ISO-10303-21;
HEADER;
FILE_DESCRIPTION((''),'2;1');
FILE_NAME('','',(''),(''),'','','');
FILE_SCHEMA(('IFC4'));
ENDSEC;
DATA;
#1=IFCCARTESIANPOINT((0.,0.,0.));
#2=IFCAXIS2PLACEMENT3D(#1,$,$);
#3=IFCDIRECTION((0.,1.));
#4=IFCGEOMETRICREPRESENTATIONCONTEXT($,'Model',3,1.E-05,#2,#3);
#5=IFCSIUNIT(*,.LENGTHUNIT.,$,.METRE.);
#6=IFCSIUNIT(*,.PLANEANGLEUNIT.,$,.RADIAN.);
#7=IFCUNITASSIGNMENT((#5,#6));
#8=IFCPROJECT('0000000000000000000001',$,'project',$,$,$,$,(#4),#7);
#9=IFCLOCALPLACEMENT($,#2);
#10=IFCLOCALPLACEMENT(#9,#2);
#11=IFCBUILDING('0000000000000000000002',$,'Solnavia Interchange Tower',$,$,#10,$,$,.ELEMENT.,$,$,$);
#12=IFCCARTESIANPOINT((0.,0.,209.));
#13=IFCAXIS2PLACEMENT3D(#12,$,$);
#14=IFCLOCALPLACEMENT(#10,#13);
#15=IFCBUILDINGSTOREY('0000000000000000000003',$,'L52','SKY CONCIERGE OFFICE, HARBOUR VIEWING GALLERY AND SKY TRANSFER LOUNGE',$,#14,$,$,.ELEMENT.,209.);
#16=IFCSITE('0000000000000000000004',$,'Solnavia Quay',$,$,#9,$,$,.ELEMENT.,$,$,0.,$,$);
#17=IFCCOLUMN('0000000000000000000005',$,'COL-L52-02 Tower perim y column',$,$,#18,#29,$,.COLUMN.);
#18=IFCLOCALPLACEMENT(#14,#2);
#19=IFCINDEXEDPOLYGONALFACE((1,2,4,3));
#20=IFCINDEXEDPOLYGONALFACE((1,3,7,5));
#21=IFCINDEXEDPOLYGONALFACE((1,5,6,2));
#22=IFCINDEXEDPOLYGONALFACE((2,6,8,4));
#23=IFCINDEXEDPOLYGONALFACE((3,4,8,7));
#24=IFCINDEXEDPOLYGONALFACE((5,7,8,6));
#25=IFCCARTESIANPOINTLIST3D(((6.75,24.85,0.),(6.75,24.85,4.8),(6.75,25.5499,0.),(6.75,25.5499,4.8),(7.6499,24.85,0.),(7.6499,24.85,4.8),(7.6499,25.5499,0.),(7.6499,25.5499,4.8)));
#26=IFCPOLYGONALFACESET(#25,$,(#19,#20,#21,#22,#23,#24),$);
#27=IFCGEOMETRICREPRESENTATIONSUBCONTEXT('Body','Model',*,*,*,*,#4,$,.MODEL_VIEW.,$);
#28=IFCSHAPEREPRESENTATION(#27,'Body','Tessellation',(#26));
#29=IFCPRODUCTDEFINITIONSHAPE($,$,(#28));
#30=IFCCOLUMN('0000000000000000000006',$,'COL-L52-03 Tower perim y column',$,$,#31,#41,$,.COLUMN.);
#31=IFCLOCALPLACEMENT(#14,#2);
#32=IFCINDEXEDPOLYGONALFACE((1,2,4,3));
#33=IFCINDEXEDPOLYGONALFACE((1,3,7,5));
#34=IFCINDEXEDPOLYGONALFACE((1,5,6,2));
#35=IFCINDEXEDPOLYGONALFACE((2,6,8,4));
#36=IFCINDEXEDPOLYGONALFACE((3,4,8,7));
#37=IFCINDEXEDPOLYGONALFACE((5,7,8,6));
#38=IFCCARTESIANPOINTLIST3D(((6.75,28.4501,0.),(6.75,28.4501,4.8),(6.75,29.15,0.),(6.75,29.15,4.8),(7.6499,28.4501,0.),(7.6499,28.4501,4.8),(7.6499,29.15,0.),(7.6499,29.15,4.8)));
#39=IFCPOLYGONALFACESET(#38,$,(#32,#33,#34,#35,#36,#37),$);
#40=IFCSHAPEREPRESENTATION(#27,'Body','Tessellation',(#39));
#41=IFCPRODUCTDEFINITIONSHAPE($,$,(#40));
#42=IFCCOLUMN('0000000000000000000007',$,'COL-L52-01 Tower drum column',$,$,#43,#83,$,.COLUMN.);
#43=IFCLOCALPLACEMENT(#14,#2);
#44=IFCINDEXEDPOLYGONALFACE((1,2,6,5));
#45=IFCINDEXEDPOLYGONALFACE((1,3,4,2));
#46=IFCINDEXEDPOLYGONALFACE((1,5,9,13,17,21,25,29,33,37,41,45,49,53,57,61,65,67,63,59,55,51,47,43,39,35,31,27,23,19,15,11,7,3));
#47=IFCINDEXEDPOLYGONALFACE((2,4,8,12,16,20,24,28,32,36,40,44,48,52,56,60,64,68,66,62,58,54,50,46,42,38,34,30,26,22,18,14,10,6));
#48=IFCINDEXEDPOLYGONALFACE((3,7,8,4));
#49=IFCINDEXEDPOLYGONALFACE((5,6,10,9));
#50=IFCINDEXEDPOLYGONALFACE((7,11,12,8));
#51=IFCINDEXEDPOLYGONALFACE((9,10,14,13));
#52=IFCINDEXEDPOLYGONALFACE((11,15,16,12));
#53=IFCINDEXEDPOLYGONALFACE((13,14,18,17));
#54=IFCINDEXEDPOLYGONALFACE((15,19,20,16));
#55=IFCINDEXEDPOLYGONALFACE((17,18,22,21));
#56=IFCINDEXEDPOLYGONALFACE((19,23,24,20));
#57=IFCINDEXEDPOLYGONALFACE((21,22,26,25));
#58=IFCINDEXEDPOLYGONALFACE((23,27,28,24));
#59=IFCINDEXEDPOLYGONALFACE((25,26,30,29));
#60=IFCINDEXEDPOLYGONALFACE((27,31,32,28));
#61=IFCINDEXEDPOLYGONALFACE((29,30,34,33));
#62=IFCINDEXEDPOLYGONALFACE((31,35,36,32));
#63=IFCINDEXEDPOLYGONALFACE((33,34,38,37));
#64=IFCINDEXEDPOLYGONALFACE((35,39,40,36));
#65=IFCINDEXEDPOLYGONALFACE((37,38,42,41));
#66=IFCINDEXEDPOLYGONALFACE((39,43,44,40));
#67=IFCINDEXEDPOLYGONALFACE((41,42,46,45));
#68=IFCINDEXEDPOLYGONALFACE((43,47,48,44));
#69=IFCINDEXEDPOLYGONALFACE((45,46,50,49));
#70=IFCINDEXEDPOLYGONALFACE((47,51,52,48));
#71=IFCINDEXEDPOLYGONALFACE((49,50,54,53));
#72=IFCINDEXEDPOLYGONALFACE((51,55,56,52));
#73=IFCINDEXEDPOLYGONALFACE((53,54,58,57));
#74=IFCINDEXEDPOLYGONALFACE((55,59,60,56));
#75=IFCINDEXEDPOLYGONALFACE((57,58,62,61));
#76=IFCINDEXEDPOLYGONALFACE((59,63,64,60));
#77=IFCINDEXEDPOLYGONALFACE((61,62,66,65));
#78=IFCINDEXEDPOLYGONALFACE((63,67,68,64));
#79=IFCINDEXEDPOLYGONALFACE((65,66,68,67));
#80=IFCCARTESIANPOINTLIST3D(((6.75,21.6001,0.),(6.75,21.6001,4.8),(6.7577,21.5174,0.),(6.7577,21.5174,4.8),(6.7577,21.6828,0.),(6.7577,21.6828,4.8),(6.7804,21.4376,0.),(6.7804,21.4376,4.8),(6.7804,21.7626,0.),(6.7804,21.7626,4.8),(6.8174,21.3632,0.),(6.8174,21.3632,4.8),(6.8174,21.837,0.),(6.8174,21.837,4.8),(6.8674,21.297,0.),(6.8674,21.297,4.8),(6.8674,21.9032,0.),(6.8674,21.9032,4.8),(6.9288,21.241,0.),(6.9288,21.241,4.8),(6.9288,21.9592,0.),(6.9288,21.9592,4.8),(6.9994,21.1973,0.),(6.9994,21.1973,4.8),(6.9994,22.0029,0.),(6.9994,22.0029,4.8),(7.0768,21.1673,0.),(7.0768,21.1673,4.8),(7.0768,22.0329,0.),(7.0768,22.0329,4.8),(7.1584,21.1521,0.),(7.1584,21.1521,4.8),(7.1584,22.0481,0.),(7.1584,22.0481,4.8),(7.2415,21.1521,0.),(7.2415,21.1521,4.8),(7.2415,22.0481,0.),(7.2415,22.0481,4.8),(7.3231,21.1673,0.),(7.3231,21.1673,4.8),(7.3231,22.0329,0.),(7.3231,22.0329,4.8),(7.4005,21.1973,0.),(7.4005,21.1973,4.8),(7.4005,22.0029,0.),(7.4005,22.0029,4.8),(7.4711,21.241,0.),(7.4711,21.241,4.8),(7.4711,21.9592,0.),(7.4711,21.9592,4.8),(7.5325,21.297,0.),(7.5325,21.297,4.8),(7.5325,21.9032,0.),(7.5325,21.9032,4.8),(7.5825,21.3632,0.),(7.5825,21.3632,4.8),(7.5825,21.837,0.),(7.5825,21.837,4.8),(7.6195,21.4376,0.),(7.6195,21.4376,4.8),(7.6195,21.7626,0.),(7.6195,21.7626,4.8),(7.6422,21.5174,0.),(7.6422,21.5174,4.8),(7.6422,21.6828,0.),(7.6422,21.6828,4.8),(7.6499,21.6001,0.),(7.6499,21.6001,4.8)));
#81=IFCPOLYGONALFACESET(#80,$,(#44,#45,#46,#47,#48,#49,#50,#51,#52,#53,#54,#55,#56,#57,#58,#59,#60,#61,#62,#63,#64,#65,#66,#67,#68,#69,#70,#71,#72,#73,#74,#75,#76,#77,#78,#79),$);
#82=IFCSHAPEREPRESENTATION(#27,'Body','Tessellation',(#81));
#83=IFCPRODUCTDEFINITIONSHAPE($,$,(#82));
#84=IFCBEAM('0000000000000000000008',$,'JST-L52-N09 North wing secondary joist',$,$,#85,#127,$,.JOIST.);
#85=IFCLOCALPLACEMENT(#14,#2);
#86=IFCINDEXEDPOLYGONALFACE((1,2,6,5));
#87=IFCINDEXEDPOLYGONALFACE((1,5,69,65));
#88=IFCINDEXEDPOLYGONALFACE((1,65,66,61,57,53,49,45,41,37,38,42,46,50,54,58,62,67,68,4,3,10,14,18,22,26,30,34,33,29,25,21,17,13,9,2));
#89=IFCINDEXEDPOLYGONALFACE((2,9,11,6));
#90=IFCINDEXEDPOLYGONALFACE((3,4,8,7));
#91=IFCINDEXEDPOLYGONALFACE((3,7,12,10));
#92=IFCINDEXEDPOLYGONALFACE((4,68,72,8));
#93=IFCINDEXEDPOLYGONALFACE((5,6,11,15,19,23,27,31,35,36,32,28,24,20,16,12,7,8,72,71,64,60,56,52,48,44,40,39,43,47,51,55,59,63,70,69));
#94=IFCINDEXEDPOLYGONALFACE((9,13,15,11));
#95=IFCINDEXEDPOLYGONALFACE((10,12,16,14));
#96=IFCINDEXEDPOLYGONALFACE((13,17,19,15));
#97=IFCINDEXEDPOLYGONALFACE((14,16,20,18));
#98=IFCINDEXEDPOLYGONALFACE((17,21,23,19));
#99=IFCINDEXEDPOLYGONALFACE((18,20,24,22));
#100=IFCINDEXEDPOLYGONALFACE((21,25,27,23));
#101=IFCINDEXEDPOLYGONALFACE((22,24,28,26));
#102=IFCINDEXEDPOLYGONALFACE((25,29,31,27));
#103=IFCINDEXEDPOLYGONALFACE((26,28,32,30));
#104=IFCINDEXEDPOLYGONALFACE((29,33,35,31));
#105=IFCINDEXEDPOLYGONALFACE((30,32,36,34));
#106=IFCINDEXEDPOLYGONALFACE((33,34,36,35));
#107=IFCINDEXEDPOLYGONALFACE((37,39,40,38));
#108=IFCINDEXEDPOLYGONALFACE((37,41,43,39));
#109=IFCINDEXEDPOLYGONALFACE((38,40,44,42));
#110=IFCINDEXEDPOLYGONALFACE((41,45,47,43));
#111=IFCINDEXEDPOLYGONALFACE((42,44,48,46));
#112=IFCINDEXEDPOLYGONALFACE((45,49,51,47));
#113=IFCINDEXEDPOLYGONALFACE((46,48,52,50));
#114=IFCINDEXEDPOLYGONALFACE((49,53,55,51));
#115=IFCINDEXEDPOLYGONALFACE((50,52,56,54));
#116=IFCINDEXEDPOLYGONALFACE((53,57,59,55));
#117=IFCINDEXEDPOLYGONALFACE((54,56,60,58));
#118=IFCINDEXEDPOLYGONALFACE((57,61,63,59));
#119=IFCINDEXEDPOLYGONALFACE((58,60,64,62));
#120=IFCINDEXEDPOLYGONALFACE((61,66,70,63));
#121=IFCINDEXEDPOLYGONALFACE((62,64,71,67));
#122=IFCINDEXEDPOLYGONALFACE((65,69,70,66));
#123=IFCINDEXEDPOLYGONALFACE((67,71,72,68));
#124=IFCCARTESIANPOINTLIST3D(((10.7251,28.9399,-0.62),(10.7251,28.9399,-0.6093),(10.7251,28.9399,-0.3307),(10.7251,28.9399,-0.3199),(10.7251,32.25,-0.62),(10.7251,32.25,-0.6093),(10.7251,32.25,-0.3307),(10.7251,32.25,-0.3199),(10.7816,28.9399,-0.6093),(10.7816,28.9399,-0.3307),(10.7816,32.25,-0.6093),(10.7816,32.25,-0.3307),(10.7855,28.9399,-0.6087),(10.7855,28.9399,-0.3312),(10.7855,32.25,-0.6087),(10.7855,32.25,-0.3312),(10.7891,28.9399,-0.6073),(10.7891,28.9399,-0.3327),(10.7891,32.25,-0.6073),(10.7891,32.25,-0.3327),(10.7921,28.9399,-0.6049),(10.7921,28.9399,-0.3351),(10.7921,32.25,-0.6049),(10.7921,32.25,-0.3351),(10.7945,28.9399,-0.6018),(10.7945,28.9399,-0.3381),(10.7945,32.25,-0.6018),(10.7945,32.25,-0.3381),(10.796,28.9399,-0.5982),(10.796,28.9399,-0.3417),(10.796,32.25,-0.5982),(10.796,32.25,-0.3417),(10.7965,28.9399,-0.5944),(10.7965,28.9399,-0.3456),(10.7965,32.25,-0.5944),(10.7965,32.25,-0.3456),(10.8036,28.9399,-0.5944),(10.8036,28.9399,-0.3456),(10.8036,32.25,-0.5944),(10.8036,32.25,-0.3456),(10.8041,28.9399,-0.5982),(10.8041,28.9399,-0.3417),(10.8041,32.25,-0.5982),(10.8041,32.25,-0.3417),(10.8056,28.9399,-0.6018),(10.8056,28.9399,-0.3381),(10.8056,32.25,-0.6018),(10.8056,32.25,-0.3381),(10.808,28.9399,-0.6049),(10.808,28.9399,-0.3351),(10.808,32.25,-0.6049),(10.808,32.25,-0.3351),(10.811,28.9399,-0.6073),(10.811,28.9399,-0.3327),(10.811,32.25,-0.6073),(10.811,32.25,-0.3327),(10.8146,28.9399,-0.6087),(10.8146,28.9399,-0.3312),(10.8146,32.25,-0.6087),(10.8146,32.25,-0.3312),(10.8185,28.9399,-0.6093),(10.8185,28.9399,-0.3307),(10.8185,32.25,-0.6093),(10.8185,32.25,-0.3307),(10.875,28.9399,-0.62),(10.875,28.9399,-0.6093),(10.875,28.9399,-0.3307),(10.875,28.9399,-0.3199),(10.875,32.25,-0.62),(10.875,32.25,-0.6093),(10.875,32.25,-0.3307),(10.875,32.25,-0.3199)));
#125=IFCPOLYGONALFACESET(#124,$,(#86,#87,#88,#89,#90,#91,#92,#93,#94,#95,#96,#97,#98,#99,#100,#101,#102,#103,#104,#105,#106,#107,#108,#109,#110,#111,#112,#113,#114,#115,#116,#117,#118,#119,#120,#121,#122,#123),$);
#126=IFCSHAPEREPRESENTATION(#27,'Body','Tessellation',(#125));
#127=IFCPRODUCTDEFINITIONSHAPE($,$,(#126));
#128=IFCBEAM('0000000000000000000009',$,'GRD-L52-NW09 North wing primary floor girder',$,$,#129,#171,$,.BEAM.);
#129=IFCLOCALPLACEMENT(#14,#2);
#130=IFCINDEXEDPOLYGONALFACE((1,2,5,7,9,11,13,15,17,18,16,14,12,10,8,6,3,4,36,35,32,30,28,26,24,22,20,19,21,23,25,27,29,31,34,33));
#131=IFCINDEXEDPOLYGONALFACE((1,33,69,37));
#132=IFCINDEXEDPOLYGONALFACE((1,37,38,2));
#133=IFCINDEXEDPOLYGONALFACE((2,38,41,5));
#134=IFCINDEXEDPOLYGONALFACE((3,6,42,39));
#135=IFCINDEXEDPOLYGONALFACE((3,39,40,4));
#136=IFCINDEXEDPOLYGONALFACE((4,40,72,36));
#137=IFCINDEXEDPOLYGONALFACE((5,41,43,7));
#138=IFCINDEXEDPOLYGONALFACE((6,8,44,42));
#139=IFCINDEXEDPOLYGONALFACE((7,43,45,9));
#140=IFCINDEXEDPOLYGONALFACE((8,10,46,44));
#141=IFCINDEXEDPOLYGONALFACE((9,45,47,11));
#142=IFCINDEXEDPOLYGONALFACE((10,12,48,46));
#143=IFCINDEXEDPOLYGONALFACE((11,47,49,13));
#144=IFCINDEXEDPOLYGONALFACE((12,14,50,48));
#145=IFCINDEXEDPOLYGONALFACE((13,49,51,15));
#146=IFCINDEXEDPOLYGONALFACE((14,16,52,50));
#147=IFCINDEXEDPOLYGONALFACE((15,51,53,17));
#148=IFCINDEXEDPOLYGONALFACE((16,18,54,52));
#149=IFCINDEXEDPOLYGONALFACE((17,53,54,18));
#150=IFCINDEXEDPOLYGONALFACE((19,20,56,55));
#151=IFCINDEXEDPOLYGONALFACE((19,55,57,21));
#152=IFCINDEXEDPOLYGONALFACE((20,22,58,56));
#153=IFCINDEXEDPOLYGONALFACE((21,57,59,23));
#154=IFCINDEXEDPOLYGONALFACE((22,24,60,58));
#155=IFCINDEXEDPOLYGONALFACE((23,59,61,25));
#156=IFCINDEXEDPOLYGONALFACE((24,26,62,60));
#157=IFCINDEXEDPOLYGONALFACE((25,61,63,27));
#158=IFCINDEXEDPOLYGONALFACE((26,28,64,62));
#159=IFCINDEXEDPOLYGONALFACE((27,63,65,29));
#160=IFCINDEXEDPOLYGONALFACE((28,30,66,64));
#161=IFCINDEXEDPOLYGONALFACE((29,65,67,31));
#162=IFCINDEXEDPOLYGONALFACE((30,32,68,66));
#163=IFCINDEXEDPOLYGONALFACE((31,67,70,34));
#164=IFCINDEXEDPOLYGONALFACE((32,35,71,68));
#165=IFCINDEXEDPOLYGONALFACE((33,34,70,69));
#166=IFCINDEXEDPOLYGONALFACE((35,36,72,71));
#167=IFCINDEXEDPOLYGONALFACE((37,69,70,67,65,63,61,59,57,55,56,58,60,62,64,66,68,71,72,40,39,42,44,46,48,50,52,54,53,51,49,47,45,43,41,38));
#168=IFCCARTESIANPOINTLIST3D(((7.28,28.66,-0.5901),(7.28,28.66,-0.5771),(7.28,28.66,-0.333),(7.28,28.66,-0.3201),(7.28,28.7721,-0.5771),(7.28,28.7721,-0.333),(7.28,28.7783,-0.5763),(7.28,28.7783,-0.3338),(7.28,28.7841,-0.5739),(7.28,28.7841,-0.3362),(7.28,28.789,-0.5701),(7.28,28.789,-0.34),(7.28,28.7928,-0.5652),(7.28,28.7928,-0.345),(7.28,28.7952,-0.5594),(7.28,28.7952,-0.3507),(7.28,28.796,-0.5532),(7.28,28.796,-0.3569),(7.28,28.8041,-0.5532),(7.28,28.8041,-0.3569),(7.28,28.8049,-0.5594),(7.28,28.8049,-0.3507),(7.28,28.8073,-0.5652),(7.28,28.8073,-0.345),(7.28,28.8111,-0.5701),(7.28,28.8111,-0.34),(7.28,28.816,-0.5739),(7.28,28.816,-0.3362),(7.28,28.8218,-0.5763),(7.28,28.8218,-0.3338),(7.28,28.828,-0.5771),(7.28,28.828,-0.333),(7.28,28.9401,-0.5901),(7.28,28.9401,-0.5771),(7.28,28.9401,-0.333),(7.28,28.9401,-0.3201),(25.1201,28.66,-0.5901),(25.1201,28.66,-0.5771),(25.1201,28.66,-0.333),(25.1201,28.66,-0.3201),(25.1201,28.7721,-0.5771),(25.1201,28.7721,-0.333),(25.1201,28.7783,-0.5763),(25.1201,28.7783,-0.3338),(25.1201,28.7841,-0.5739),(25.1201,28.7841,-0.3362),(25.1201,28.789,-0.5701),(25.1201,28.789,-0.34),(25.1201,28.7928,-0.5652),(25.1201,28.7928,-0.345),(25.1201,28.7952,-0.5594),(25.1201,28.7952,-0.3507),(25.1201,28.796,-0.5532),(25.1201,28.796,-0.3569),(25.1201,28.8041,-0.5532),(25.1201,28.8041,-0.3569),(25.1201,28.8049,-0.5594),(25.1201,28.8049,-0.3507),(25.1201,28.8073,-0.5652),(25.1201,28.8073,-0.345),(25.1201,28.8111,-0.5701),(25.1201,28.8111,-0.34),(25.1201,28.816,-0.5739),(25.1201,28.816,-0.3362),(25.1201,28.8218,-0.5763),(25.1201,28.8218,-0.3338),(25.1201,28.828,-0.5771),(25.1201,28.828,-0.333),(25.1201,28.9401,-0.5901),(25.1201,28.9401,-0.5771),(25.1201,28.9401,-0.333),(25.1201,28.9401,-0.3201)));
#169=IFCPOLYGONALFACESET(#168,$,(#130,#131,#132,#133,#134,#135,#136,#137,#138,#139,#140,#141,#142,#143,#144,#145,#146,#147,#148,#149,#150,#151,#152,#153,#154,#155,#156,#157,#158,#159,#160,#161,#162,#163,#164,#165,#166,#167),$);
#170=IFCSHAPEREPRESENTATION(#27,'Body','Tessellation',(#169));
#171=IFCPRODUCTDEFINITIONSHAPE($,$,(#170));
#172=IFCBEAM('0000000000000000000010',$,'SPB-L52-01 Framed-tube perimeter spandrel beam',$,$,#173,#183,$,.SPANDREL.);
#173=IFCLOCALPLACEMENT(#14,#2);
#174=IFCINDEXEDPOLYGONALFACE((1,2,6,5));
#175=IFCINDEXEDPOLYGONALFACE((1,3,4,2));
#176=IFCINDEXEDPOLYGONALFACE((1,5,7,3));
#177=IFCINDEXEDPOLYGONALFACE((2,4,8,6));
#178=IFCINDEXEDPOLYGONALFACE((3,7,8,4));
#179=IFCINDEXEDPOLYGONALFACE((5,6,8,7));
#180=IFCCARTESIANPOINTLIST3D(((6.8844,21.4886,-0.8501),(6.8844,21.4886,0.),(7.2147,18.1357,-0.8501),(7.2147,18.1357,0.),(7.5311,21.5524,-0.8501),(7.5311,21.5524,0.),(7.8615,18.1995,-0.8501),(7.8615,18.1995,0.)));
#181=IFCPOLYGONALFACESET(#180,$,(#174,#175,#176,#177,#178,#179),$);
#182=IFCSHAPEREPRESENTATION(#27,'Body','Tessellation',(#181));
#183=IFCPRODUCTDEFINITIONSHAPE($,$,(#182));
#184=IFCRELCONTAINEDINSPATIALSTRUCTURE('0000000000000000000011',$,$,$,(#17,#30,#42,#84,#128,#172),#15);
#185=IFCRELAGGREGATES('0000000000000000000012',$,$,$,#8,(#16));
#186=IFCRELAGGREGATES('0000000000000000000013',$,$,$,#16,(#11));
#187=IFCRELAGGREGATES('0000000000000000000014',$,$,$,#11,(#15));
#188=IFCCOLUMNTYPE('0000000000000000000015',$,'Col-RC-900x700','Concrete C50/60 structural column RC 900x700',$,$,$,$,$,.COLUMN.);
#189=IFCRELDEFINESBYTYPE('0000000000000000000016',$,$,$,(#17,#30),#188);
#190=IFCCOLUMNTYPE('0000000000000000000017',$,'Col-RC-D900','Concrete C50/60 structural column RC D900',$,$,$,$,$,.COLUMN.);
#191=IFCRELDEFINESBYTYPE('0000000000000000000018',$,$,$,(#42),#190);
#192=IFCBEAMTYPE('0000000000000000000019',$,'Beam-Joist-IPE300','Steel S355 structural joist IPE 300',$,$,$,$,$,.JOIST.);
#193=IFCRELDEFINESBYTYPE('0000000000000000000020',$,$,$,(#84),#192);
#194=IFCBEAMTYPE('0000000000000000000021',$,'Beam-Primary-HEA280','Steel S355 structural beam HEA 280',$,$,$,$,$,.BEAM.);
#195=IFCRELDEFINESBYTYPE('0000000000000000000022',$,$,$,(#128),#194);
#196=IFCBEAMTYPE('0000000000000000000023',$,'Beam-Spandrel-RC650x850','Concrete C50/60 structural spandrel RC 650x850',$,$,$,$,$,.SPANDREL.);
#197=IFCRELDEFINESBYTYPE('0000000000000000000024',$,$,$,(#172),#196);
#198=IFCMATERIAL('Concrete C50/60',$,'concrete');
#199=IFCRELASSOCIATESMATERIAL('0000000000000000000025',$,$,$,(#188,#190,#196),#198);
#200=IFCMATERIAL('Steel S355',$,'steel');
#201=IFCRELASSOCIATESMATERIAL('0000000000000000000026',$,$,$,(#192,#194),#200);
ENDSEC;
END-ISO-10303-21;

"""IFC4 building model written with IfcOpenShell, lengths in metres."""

from ifc_helpers import new_model, si_unit, direction, frame, origin, origin_2d, place, context, subcontext, project, spatial, rectangle, circle, i_section, extrude, material, material_profile, profile_set, type_object, element, save


model = new_model("IFC4")

# Units and contexts
model_context = context("Model", 3, precision=1e-05, world=origin(), true_north=direction((0.0, 1.0)))
body_context = subcontext(model_context, "Body", "Model", "MODEL_VIEW")
ifc_project = project(units=[si_unit("LENGTHUNIT", "METRE"), si_unit("PLANEANGLEUNIT", "RADIAN")], contexts=[model_context])

# Site, building, storey
site_placement = place(None, origin())
site = spatial("IfcSite", under=ifc_project, at=site_placement, Name="Solnavia Quay", CompositionType="ELEMENT", RefElevation=0.0)
building_placement = place(site_placement, origin())
building = spatial("IfcBuilding", under=site, at=building_placement, Name="Solnavia Interchange Tower", CompositionType="ELEMENT")
storey_placement = place(building_placement, frame((0.0, 0.0, 209.0)))
storey = spatial("IfcBuildingStorey", under=building, at=storey_placement, Name="L52", Description="SKY CONCIERGE OFFICE, HARBOUR VIEWING GALLERY AND SKY TRANSFER LOUNGE", CompositionType="ELEMENT", Elevation=209.0)

# Columns
ifc_material_1 = material(Name="Concrete C50/60", Category="concrete")
ifc_material_profile_1 = material_profile(ifc_material_1, rectangle(XDim=0.7, YDim=0.8999, at=origin_2d()), Name="RC 900x700")
ifc_profile_set_1 = profile_set([ifc_material_profile_1], Name="Concrete C50/60")
column_type_1 = type_object("IfcColumnType", Name="Col-RC-900x700", Description="Concrete C50/60 structural column RC 900x700", PredefinedType="COLUMN", material=ifc_profile_set_1)
for number, where, z_axis, x_axis, name in (
    (1, (7.2, 25.2, 0.0), (0.0, 0.0, 1.0), (0.0, 1.0, 0.0), "COL-L52-02 Tower perim y column"),
    (2, (7.2, 28.8, 0.0), (0.0, 0.0, 1.0), (0.0, 1.0, 0.0), "COL-L52-03 Tower perim y column"),
):
    element("IfcColumn", number, at=place(storey_placement, frame(where, z_axis=z_axis, x_axis=x_axis)), inside=storey, type_object=column_type_1, Name=name, PredefinedType="COLUMN", context=body_context, shape_type="SweptSolid", body=[
        extrude(rectangle(XDim=0.7, YDim=0.8999, at=origin_2d()), origin(), (0.0, 0.0, 1.0), 4.8),
    ])
ifc_material_profile_2 = material_profile(ifc_material_1, circle(Radius=0.45, at=origin_2d()), Name="RC D900")
ifc_profile_set_2 = profile_set([ifc_material_profile_2], Name="Concrete C50/60")
column_type_2 = type_object("IfcColumnType", Name="Col-RC-D900", Description="Concrete C50/60 structural column RC D900", PredefinedType="COLUMN", material=ifc_profile_set_2)
column_placement = place(storey_placement, frame((7.2, 21.6001, 0.0), z_axis=(0.0, 0.0, 1.0), x_axis=(1.0, 0.0, 0.0)))
element("IfcColumn", 3, at=column_placement, inside=storey, type_object=column_type_2, Name="COL-L52-01 Tower drum column", PredefinedType="COLUMN", context=body_context, shape_type="SweptSolid", body=[
    extrude(circle(Radius=0.45, at=origin_2d()), origin(), (0.0, 0.0, 1.0), 4.8),
])

# Beams
ifc_material_2 = material(Name="Steel S355", Category="steel")
ifc_material_profile_3 = material_profile(ifc_material_2, i_section(OverallWidth=0.1499, OverallDepth=0.3, WebThickness=0.0071, FlangeThickness=0.0107, FilletRadius=0.0149, at=origin_2d()), Name="IPE 300")
ifc_profile_set_3 = profile_set([ifc_material_profile_3], Name="Steel S355")
beam_type_1 = type_object("IfcBeamType", Name="Beam-Joist-IPE300", Description="Steel S355 structural joist IPE 300", PredefinedType="JOIST", material=ifc_profile_set_3)
beam_1_placement = place(storey_placement, frame((10.8, 28.9399, -0.47), z_axis=(0.0, 1.0, 0.0), x_axis=(-1.0, 0.0, 0.0)))
element("IfcBeam", 4, at=beam_1_placement, inside=storey, type_object=beam_type_1, Name="JST-L52-N09 North wing secondary joist", PredefinedType="JOIST", context=body_context, shape_type="SweptSolid", body=[
    extrude(i_section(OverallWidth=0.1499, OverallDepth=0.3, WebThickness=0.0071, FlangeThickness=0.0107, FilletRadius=0.0149, at=origin_2d()), origin(), (0.0, 0.0, 1.0), 3.3101),
])
ifc_material_profile_4 = material_profile(ifc_material_2, i_section(OverallWidth=0.28, OverallDepth=0.27, WebThickness=0.0081, FlangeThickness=0.0129, FilletRadius=0.0239, at=origin_2d()), Name="HEA 280")
ifc_profile_set_4 = profile_set([ifc_material_profile_4], Name="Steel S355")
beam_type_2 = type_object("IfcBeamType", Name="Beam-Primary-HEA280", Description="Steel S355 structural beam HEA 280", PredefinedType="BEAM", material=ifc_profile_set_4)
beam_2_placement = place(storey_placement, frame((7.28, 28.8, -0.4551), z_axis=(1.0, 0.0, 0.0), x_axis=(0.0, 1.0, 0.0)))
element("IfcBeam", 5, at=beam_2_placement, inside=storey, type_object=beam_type_2, Name="GRD-L52-NW09 North wing primary floor girder", PredefinedType="BEAM", context=body_context, shape_type="SweptSolid", body=[
    extrude(i_section(OverallWidth=0.28, OverallDepth=0.27, WebThickness=0.0081, FlangeThickness=0.0129, FilletRadius=0.0239, at=origin_2d()), origin(), (0.0, 0.0, 1.0), 17.8401),
])
ifc_material_profile_5 = material_profile(ifc_material_1, rectangle(XDim=0.6499, YDim=0.8501, at=origin_2d()), Name="RC 650x850")
ifc_profile_set_5 = profile_set([ifc_material_profile_5], Name="Concrete C50/60")
beam_type_3 = type_object("IfcBeamType", Name="Beam-Spandrel-RC650x850", Description="Concrete C50/60 structural spandrel RC 650x850", PredefinedType="SPANDREL", material=ifc_profile_set_5)
beam_3_placement = place(storey_placement, frame((7.2078, 21.5205, -0.425), z_axis=(0.09804, -0.995182, 0.0), x_axis=(0.995182, 0.09804, 0.0)))
element("IfcBeam", 6, at=beam_3_placement, inside=storey, type_object=beam_type_3, Name="SPB-L52-01 Framed-tube perimeter spandrel beam", PredefinedType="SPANDREL", context=body_context, shape_type="SweptSolid", body=[
    extrude(rectangle(XDim=0.6499, YDim=0.8501, at=origin_2d()), origin(), (0.0, 0.0, 1.0), 3.3691),
])

save(model, "model.ifc")
